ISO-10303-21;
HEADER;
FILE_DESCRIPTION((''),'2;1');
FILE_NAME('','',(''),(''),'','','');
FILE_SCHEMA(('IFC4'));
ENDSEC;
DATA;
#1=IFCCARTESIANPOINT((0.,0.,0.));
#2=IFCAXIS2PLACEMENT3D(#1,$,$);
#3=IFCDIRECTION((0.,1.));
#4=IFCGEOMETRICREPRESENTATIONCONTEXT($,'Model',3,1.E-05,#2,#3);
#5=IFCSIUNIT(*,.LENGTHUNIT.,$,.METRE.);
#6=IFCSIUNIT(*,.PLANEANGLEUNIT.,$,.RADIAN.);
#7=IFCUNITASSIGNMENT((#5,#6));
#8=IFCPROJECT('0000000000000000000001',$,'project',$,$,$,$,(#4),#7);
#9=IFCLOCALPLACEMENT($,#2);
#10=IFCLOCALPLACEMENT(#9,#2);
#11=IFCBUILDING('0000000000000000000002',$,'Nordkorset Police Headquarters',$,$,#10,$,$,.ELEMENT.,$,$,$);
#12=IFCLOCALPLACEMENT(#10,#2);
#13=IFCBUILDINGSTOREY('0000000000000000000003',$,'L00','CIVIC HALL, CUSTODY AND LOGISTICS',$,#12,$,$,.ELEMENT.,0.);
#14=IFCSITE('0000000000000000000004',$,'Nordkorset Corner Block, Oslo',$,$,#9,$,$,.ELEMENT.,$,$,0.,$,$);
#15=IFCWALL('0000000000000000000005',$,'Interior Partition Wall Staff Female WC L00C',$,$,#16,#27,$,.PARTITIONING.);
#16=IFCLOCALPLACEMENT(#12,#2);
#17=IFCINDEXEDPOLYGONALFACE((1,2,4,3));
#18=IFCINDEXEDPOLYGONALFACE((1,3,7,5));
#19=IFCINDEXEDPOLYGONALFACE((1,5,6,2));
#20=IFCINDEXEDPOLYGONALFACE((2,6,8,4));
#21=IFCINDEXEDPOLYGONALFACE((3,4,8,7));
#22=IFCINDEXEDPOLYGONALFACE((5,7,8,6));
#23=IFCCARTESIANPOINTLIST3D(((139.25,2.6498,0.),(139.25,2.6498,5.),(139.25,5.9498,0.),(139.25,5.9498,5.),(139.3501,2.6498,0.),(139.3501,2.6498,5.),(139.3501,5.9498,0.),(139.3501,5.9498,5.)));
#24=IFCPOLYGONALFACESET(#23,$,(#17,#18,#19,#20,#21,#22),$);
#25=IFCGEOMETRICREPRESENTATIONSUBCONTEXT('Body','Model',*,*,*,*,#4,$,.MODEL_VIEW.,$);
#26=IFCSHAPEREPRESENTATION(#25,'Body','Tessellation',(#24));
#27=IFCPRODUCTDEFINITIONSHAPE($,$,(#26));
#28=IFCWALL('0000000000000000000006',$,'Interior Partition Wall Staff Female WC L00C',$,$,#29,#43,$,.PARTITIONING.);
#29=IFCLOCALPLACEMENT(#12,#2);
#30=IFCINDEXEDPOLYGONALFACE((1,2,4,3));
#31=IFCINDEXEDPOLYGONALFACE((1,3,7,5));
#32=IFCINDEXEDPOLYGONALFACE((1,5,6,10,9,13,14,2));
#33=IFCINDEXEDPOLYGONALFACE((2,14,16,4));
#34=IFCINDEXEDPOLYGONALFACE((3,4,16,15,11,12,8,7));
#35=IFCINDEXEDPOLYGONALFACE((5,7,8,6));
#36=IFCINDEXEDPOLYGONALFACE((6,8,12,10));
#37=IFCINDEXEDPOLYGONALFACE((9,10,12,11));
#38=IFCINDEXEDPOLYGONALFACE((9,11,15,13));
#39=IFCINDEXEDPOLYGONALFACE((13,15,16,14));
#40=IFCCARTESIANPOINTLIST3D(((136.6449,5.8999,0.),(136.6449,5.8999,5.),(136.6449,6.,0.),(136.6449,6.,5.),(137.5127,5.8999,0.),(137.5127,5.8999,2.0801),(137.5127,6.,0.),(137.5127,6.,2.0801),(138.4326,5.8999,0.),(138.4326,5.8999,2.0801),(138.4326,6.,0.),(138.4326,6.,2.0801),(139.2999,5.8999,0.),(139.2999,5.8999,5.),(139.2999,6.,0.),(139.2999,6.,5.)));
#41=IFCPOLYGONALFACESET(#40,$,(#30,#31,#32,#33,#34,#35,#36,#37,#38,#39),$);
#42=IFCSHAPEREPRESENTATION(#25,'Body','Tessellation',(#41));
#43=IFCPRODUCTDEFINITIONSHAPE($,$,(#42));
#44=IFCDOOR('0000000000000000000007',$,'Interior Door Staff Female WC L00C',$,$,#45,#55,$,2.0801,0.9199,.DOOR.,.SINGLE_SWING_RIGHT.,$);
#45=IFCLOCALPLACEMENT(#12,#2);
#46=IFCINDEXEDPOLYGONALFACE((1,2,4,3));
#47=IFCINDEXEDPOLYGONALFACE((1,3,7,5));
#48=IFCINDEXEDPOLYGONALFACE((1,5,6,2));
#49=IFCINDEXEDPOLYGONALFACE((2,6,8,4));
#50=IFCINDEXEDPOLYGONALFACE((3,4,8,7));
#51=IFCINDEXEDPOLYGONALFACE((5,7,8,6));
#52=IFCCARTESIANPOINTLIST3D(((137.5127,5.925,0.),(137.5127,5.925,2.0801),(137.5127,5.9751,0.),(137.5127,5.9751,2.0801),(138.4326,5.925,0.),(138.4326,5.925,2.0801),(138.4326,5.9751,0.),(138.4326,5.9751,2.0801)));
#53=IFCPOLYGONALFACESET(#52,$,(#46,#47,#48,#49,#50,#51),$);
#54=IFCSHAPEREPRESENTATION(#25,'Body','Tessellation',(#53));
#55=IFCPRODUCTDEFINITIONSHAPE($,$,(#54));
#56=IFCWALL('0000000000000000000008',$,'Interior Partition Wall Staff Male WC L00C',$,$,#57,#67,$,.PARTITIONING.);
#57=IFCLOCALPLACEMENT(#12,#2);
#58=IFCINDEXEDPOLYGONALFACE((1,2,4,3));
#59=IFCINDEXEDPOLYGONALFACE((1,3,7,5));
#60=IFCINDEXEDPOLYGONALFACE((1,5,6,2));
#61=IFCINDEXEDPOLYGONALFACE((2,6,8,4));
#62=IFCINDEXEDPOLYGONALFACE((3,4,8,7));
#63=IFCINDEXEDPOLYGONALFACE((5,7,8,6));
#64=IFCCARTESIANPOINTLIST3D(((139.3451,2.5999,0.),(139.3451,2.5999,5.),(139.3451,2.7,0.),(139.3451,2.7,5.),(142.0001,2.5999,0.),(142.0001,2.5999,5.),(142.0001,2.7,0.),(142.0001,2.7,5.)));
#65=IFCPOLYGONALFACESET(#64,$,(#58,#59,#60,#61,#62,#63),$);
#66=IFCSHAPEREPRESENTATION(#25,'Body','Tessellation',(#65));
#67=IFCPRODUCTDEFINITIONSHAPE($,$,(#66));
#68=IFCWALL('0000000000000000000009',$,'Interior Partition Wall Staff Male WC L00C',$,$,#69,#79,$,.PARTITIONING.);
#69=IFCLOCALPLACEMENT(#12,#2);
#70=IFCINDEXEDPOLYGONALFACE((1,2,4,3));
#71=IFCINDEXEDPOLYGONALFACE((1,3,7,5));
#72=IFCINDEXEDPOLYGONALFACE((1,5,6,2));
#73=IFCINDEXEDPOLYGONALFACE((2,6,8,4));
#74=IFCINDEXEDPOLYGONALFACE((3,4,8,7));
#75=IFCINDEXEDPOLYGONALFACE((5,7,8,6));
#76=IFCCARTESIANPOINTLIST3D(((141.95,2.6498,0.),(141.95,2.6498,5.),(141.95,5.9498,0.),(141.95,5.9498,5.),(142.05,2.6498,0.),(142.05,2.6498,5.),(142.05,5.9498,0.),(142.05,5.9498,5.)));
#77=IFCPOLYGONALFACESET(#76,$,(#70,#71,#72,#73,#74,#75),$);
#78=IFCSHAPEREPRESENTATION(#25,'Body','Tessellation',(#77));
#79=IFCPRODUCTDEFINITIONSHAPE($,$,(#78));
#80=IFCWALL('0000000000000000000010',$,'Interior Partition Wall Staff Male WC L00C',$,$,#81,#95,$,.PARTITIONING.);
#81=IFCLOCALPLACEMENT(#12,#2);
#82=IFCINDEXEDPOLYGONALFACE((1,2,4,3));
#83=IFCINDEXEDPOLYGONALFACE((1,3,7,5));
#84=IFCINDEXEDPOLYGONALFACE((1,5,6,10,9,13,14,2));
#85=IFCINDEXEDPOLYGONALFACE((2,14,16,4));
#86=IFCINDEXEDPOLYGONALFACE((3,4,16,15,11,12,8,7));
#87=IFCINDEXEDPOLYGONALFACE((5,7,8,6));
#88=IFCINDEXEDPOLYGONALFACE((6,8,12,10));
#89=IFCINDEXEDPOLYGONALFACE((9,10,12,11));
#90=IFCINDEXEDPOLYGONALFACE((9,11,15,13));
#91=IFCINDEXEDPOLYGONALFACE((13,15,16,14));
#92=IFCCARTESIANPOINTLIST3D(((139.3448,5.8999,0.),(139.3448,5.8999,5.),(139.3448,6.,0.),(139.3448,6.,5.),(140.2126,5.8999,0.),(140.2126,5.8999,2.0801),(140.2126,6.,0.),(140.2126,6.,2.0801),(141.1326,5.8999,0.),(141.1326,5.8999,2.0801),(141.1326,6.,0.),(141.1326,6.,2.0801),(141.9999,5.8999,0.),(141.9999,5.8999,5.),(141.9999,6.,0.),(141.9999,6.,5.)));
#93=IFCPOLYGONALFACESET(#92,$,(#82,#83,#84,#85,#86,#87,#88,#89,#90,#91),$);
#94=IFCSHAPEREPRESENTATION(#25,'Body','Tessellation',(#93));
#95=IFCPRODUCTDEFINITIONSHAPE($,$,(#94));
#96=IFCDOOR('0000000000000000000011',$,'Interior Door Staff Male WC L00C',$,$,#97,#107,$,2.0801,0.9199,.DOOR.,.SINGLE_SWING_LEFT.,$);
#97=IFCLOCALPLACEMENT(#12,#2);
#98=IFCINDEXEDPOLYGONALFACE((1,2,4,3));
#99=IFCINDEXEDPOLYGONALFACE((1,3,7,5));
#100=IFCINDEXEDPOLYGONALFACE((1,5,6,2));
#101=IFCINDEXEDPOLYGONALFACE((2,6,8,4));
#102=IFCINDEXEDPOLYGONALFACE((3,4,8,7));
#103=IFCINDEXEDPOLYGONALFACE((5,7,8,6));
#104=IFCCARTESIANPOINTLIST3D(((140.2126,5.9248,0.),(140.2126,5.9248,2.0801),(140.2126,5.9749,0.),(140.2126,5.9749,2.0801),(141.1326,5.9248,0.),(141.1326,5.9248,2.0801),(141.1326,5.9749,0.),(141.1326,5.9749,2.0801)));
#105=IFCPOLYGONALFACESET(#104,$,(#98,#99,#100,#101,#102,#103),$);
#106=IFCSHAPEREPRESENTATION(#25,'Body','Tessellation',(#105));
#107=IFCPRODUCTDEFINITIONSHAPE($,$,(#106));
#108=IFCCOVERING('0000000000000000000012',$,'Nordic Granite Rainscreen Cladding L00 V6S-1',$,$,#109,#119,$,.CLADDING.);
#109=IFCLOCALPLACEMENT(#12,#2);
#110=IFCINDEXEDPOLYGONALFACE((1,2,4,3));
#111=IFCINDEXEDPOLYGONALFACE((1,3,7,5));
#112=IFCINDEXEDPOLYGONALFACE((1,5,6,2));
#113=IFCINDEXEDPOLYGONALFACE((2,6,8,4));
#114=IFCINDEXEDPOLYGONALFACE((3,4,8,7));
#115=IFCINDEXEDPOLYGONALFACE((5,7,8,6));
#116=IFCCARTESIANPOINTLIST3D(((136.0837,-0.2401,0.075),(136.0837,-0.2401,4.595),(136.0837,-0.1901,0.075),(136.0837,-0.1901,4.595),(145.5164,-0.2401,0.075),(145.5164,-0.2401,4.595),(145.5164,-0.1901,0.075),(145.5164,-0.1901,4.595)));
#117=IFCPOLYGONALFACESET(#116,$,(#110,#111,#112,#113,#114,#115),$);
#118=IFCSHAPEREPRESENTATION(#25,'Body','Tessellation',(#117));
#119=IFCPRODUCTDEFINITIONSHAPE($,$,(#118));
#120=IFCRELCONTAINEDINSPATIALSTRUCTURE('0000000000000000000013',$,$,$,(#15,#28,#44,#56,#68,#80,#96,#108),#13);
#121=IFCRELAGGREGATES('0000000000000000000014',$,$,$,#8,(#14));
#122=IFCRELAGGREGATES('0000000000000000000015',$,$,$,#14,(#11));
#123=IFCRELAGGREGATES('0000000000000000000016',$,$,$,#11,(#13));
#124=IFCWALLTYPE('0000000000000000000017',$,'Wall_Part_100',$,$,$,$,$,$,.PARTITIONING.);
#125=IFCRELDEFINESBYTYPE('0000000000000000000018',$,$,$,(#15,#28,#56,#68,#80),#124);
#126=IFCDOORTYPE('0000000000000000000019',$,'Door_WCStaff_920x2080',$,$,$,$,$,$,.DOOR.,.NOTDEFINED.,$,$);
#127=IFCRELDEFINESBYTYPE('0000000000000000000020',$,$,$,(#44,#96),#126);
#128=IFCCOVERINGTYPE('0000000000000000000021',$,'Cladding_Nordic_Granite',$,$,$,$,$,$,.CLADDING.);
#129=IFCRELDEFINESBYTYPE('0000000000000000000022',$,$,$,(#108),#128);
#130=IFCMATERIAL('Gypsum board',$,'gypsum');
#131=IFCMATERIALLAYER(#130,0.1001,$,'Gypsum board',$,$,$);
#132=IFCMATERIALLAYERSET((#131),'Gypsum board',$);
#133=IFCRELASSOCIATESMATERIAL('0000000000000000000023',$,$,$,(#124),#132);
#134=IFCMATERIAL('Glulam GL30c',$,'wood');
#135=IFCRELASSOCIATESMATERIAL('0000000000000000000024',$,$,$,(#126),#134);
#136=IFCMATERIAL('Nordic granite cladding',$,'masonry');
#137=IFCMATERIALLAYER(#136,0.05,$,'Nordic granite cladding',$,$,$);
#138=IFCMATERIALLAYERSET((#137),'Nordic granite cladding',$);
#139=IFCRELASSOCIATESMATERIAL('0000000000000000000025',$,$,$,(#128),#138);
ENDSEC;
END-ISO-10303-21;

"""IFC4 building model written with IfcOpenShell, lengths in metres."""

from ifc_helpers import new_model, si_unit, direction, frame, frame_2d, origin, origin_2d, place, context, subcontext, project, spatial, rectangle, extrude, material, layer, layer_set, type_object, element, fill, save


model = new_model("IFC4")

# Units and contexts
model_context = context("Model", 3, precision=1e-05, world=origin(), true_north=direction((0.0, 1.0)))
body_context = subcontext(model_context, "Body", "Model", "MODEL_VIEW")
ifc_project = project(units=[si_unit("LENGTHUNIT", "METRE"), si_unit("PLANEANGLEUNIT", "RADIAN")], contexts=[model_context])

# Site, building, storey
site_placement = place(None, origin())
site = spatial("IfcSite", under=ifc_project, at=site_placement, Name="Nordkorset Corner Block, Oslo", CompositionType="ELEMENT", RefElevation=0.0)
building_placement = place(site_placement, origin())
building = spatial("IfcBuilding", under=site, at=building_placement, Name="Nordkorset Police Headquarters", CompositionType="ELEMENT")
storey_placement = place(building_placement, origin())
storey = spatial("IfcBuildingStorey", under=building, at=storey_placement, Name="L00", Description="CIVIC HALL, CUSTODY AND LOGISTICS", CompositionType="ELEMENT", Elevation=0.0)

# Shared definitions
ifc_material_1 = material(Name="Gypsum board", Category="gypsum")
ifc_layer_1 = layer(ifc_material_1, 0.1001, Name="Gypsum board")
ifc_layer_set_1 = layer_set([ifc_layer_1], Name="Gypsum board")
wall_type_1 = type_object("IfcWallType", Name="Wall_Part_100", PredefinedType="PARTITIONING", material=ifc_layer_set_1)

# Wall
wall_1_placement = place(storey_placement, frame((139.3, 2.6499, 0.0), z_axis=(0.0, 0.0, 1.0), x_axis=(0.0, 1.0, 0.0)))
element("IfcWall", 1, at=wall_1_placement, inside=storey, type_object=wall_type_1, Name="Interior Partition Wall Staff Female WC L00C", PredefinedType="PARTITIONING", context=body_context, shape_type="SweptSolid", body=[
    extrude(rectangle(XDim=3.3, YDim=0.1001, at=frame_2d((1.6499, 0.0))), origin(), (0.0, 0.0, 1.0), 5.0),
])

# Wall, opening, door
wall_2_placement = place(storey_placement, frame((139.3, 5.95, 0.0), z_axis=(0.0, 0.0, 1.0), x_axis=(-1.0, 0.0, 0.0)))
wall_2 = element("IfcWall", 2, at=wall_2_placement, inside=storey, type_object=wall_type_1, Name="Interior Partition Wall Staff Female WC L00C", PredefinedType="PARTITIONING", context=body_context, shape_type="SweptSolid", body=[
    extrude(rectangle(XDim=2.655, YDim=0.1001, at=frame_2d((1.3276, 0.0))), origin(), (0.0, 0.0, 1.0), 5.0),
])
opening_1_placement = place(wall_2_placement, frame((0.8674, 0.0, 0.0)))
opening_1 = element("IfcOpeningElement", 3, at=opening_1_placement, cuts=wall_2, PredefinedType="OPENING", context=body_context, shape_type="SweptSolid", body=[
    extrude(rectangle(XDim=0.9199, YDim=2.0801, at=frame_2d((0.46, 1.04))), frame((0.0, 0.0601, 0.0), z_axis=(0.0, -1.0, 0.0), x_axis=(1.0, 0.0, 0.0)), (0.0, 0.0, 1.0), 0.1201),
])
ifc_material_2 = material(Name="Glulam GL30c", Category="wood")
door_type_1 = type_object("IfcDoorType", Name="Door_WCStaff_920x2080", OperationType="NOTDEFINED", PredefinedType="DOOR", material=ifc_material_2)
door_1_placement = place(opening_1_placement, origin())
door_1 = element("IfcDoor", 4, at=door_1_placement, inside=storey, type_object=door_type_1, Name="Interior Door Staff Female WC L00C", OperationType="SINGLE_SWING_RIGHT", OverallHeight=2.0801, OverallWidth=0.9199, PredefinedType="DOOR", context=body_context, shape_type="SweptSolid", body=[
    extrude(rectangle(XDim=0.9199, YDim=2.0801, at=frame_2d((0.46, 1.04))), frame((0.0, 0.0249, 0.0), z_axis=(0.0, -1.0, 0.0), x_axis=(1.0, 0.0, 0.0)), (0.0, 0.0, 1.0), 0.05),
])
fill(opening_1, door_1)

# Walls
wall_3_placement = place(storey_placement, frame((139.345, 2.6499, 0.0), z_axis=(0.0, 0.0, 1.0), x_axis=(1.0, 0.0, 0.0)))
element("IfcWall", 5, at=wall_3_placement, inside=storey, type_object=wall_type_1, Name="Interior Partition Wall Staff Male WC L00C", PredefinedType="PARTITIONING", context=body_context, shape_type="SweptSolid", body=[
    extrude(rectangle(XDim=2.655, YDim=0.1001, at=frame_2d((1.3276, 0.0))), origin(), (0.0, 0.0, 1.0), 5.0),
])
wall_4_placement = place(storey_placement, frame((142.0, 2.6499, 0.0), z_axis=(0.0, 0.0, 1.0), x_axis=(0.0, 1.0, 0.0)))
element("IfcWall", 6, at=wall_4_placement, inside=storey, type_object=wall_type_1, Name="Interior Partition Wall Staff Male WC L00C", PredefinedType="PARTITIONING", context=body_context, shape_type="SweptSolid", body=[
    extrude(rectangle(XDim=3.3, YDim=0.1001, at=frame_2d((1.6499, 0.0))), origin(), (0.0, 0.0, 1.0), 5.0),
])

# Wall, opening, door
wall_5_placement = place(storey_placement, frame((142.0, 5.95, 0.0), z_axis=(0.0, 0.0, 1.0), x_axis=(-1.0, 0.0, 0.0)))
wall_5 = element("IfcWall", 7, at=wall_5_placement, inside=storey, type_object=wall_type_1, Name="Interior Partition Wall Staff Male WC L00C", PredefinedType="PARTITIONING", context=body_context, shape_type="SweptSolid", body=[
    extrude(rectangle(XDim=2.655, YDim=0.1001, at=frame_2d((1.3276, 0.0))), origin(), (0.0, 0.0, 1.0), 5.0),
])
opening_2_placement = place(wall_5_placement, frame((0.8674, 0.0, 0.0)))
opening_2 = element("IfcOpeningElement", 8, at=opening_2_placement, cuts=wall_5, PredefinedType="OPENING", context=body_context, shape_type="SweptSolid", body=[
    extrude(rectangle(XDim=0.9199, YDim=2.0801, at=frame_2d((0.46, 1.04))), frame((0.0, 0.0601, 0.0), z_axis=(0.0, -1.0, 0.0), x_axis=(1.0, 0.0, 0.0)), (0.0, 0.0, 1.0), 0.1201),
])
door_2_placement = place(opening_2_placement, frame((0.9199, 0.0, 0.0), z_axis=(0.0, 0.0, 1.0), x_axis=(-1.0, 0.0, 0.0)))
door_2 = element("IfcDoor", 9, at=door_2_placement, inside=storey, type_object=door_type_1, Name="Interior Door Staff Male WC L00C", OperationType="SINGLE_SWING_LEFT", OverallHeight=2.0801, OverallWidth=0.9199, PredefinedType="DOOR", context=body_context, shape_type="SweptSolid", body=[
    extrude(rectangle(XDim=0.9199, YDim=2.0801, at=frame_2d((0.46, 1.04))), frame((0.0, 0.0249, 0.0), z_axis=(0.0, -1.0, 0.0), x_axis=(1.0, 0.0, 0.0)), (0.0, 0.0, 1.0), 0.05),
])
fill(opening_2, door_2)

# Covering
ifc_material_3 = material(Name="Nordic granite cladding", Category="masonry")
ifc_layer_2 = layer(ifc_material_3, 0.05, Name="Nordic granite cladding")
ifc_layer_set_2 = layer_set([ifc_layer_2], Name="Nordic granite cladding")
covering_type = type_object("IfcCoveringType", Name="Cladding_Nordic_Granite", PredefinedType="CLADDING", material=ifc_layer_set_2)
covering_placement = place(storey_placement, frame((140.8, -0.2151, 0.075), z_axis=(0.0, 0.0, 1.0), x_axis=(1.0, 0.0, 0.0)))
element("IfcCovering", 10, at=covering_placement, inside=storey, type_object=covering_type, Name="Nordic Granite Rainscreen Cladding L00 V6S-1", PredefinedType="CLADDING", context=body_context, shape_type="SweptSolid", body=[
    extrude(rectangle(XDim=9.4326, YDim=0.05, at=origin_2d()), origin(), (0.0, 0.0, 1.0), 4.52),
])

save(model, "model.ifc")
